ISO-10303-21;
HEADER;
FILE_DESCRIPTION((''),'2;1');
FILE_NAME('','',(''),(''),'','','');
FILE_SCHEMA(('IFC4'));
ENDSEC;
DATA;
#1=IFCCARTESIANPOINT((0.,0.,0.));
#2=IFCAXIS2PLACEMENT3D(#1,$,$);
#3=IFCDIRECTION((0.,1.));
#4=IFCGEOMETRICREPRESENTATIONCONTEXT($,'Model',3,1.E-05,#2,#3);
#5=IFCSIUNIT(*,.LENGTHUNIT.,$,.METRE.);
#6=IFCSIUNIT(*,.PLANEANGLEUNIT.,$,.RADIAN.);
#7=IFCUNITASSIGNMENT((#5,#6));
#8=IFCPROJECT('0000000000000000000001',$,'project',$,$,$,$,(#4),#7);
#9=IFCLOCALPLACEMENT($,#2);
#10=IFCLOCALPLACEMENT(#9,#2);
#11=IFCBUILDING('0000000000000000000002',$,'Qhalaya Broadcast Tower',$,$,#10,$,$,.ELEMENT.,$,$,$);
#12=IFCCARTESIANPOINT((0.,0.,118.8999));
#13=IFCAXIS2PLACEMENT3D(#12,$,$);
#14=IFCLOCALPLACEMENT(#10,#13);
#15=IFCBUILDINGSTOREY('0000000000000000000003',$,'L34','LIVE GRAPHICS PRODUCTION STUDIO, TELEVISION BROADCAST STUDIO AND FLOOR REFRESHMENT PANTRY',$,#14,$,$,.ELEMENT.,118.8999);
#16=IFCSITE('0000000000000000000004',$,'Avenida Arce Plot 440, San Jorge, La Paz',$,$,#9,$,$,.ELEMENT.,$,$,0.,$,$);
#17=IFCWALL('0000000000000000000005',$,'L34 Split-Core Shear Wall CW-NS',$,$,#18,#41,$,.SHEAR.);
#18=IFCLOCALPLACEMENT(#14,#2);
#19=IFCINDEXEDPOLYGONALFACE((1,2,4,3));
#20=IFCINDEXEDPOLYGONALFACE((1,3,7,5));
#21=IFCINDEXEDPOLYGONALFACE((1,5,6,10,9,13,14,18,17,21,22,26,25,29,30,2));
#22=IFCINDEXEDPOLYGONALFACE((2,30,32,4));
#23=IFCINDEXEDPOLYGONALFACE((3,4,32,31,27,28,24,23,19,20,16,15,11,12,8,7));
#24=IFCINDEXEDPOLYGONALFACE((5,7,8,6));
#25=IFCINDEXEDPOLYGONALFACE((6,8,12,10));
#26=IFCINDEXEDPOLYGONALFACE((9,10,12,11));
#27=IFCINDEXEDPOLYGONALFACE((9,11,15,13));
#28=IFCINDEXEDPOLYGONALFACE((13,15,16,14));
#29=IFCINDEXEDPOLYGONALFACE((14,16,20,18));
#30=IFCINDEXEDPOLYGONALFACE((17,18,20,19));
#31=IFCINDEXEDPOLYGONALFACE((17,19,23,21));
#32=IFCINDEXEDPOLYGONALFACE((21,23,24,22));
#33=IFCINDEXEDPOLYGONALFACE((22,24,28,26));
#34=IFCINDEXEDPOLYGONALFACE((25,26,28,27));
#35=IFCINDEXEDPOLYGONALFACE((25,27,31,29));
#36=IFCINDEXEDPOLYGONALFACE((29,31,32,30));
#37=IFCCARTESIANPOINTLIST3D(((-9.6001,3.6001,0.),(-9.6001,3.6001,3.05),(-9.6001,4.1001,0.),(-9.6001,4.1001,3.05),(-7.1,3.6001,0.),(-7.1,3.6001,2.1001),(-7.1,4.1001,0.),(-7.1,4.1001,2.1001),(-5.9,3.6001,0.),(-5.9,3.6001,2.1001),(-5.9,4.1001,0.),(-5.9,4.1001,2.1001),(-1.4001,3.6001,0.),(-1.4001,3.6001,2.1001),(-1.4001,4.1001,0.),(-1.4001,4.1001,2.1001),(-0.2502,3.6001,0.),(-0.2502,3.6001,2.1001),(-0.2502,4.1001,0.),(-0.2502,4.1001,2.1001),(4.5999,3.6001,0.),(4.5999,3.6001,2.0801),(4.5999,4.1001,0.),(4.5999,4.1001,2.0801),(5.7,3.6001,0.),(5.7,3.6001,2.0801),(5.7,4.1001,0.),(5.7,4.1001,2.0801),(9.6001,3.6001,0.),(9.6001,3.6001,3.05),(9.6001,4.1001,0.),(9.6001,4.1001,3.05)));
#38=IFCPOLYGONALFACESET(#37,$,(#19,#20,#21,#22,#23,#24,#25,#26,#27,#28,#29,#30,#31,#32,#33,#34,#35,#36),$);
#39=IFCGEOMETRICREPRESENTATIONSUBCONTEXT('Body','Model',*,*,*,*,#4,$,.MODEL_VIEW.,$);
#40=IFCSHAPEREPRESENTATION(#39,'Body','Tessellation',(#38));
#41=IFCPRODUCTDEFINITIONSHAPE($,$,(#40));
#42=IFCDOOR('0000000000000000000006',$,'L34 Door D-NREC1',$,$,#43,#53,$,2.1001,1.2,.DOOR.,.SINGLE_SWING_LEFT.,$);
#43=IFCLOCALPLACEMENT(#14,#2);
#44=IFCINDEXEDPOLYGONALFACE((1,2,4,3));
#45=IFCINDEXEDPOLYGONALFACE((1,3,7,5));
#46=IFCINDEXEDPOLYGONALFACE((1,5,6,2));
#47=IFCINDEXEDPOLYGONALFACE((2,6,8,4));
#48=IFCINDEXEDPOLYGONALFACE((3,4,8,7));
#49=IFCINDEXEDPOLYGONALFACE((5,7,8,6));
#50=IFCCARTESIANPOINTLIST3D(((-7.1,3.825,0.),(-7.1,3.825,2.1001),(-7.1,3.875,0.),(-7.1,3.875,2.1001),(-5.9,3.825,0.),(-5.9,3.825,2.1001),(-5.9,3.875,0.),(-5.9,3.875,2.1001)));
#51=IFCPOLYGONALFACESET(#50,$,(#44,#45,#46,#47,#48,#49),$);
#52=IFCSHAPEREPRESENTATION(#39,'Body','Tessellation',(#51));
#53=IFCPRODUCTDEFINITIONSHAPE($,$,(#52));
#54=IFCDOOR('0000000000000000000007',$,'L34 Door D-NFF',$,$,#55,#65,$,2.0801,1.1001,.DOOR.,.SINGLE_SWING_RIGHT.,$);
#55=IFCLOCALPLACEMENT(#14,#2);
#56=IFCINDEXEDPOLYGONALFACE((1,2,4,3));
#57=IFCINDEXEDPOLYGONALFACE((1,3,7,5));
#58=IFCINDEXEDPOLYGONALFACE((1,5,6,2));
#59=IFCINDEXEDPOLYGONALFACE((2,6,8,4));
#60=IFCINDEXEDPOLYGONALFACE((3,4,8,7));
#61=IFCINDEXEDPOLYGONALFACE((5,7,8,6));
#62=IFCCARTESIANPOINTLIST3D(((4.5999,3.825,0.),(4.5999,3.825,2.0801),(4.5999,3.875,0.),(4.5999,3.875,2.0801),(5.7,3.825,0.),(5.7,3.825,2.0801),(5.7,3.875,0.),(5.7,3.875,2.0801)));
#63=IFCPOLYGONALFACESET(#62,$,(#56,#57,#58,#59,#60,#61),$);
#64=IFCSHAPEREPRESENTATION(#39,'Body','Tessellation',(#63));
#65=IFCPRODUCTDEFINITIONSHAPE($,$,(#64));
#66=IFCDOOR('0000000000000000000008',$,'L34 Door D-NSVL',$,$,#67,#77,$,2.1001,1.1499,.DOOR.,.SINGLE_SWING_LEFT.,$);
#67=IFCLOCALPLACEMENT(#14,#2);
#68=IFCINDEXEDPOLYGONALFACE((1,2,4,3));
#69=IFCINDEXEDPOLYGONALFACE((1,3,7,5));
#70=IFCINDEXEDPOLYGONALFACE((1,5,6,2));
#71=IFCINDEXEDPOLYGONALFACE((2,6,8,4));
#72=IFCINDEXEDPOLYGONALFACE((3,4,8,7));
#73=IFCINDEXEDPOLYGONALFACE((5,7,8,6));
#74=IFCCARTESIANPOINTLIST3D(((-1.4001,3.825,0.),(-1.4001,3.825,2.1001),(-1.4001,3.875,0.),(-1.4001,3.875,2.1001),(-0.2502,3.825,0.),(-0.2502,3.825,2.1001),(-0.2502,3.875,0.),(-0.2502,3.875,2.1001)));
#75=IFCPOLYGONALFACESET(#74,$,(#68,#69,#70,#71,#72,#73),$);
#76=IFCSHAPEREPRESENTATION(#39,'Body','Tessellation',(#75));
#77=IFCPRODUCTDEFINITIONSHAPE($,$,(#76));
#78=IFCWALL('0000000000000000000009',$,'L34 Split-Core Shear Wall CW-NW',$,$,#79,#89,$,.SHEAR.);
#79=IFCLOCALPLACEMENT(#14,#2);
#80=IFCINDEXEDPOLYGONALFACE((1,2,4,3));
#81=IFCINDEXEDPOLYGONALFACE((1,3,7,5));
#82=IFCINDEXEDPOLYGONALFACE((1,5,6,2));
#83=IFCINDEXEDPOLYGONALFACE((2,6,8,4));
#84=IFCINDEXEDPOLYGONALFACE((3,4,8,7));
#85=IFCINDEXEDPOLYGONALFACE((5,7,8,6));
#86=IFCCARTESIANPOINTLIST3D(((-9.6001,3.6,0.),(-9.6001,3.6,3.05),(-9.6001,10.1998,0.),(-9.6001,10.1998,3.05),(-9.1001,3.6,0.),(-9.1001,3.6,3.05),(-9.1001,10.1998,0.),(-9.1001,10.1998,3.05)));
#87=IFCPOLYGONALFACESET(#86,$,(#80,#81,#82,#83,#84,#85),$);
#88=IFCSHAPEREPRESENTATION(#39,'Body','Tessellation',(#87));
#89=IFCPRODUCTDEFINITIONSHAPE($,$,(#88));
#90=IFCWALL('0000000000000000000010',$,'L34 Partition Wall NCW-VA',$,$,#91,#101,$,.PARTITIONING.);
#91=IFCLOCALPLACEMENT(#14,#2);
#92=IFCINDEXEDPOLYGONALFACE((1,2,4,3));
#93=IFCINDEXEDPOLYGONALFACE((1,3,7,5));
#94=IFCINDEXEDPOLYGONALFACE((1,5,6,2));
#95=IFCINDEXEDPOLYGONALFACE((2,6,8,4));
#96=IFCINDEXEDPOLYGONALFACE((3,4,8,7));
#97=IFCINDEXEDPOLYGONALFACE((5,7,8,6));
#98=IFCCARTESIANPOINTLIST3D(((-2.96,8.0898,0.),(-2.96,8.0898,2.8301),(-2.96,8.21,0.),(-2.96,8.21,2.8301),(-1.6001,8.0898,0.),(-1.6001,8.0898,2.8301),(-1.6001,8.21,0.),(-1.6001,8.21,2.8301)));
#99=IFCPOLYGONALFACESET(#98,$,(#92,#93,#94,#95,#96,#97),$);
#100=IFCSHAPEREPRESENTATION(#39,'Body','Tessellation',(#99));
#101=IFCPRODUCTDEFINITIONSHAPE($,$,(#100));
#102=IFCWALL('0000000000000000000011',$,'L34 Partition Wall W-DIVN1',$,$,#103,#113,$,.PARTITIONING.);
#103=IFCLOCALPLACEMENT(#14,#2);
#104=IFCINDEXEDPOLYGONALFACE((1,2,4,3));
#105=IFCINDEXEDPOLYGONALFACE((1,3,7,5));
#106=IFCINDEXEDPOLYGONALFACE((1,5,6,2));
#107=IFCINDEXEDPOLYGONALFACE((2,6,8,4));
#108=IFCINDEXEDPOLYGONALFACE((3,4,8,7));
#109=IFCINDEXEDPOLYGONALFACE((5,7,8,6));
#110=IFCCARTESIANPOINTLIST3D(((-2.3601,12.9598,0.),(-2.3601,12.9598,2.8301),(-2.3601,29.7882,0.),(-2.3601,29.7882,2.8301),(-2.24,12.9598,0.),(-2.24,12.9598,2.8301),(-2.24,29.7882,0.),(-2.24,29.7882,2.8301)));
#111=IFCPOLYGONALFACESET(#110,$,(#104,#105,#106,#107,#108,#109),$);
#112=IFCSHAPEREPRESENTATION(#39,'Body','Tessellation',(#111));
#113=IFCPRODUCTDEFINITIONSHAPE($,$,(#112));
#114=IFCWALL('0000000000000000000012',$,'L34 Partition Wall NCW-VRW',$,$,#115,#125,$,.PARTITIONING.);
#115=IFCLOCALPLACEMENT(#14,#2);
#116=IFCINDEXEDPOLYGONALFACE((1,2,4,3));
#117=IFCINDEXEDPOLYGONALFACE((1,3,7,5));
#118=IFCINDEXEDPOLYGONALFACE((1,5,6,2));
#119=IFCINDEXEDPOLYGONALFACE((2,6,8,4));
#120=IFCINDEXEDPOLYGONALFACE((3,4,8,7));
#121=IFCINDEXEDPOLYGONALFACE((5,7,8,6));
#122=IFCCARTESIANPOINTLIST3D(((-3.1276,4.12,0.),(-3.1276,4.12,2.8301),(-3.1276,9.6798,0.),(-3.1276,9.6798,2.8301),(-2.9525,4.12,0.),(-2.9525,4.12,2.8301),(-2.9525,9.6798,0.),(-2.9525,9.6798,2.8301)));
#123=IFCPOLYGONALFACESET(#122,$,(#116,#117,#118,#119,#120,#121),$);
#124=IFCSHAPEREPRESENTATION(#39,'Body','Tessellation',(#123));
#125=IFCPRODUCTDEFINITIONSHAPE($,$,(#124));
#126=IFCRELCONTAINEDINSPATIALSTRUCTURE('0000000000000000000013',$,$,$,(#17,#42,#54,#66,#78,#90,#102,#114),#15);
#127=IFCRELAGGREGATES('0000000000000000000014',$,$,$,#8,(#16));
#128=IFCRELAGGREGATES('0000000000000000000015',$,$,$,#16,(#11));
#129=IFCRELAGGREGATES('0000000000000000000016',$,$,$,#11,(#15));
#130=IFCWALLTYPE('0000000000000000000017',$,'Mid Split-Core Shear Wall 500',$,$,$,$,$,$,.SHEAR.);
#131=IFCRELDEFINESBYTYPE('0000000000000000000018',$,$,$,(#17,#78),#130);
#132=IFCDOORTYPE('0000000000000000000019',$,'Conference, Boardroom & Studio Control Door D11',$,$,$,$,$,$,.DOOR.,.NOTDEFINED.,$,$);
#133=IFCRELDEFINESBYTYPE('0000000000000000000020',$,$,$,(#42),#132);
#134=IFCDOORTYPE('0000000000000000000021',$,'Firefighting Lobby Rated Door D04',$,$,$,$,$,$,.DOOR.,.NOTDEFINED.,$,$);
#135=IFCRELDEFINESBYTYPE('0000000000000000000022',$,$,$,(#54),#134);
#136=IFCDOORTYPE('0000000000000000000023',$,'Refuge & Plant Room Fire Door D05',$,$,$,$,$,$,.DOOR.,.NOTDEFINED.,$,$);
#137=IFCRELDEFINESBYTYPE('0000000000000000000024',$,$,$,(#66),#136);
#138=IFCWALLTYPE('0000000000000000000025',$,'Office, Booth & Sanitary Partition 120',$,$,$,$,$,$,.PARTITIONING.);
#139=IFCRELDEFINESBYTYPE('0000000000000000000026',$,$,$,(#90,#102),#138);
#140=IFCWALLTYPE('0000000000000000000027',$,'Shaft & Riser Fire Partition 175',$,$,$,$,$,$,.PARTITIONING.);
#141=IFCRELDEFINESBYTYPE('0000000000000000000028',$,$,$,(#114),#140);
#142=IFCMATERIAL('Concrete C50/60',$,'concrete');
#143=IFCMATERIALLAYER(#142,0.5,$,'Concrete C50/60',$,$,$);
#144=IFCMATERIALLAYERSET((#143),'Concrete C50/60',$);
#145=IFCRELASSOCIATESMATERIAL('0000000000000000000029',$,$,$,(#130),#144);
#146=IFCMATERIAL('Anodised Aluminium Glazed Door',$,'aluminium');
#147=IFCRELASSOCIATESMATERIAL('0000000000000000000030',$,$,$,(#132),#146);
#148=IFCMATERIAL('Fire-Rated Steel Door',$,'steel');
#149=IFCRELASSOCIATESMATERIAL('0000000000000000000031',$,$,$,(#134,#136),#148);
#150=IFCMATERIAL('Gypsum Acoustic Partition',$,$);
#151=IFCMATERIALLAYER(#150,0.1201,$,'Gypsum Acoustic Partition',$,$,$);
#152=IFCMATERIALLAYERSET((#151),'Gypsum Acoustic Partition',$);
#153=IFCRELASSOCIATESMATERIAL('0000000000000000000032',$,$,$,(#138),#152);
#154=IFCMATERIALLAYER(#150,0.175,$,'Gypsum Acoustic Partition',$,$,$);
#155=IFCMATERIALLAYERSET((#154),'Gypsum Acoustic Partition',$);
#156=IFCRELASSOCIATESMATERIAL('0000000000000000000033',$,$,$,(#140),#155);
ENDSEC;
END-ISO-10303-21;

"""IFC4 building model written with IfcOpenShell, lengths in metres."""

from ifc_helpers import new_model, si_unit, direction, frame, frame_2d, origin, place, context, subcontext, project, spatial, rectangle, extrude, material, layer, layer_set, type_object, element, fill, save


model = new_model("IFC4")

# Units and contexts
model_context = context("Model", 3, precision=1e-05, world=origin(), true_north=direction((0.0, 1.0)))
body_context = subcontext(model_context, "Body", "Model", "MODEL_VIEW")
ifc_project = project(units=[si_unit("LENGTHUNIT", "METRE"), si_unit("PLANEANGLEUNIT", "RADIAN")], contexts=[model_context])

# Site, building, storey
site_placement = place(None, origin())
site = spatial("IfcSite", under=ifc_project, at=site_placement, Name="Avenida Arce Plot 440, San Jorge, La Paz", CompositionType="ELEMENT", RefElevation=0.0)
building_placement = place(site_placement, origin())
building = spatial("IfcBuilding", under=site, at=building_placement, Name="Qhalaya Broadcast Tower", CompositionType="ELEMENT")
storey_placement = place(building_placement, frame((0.0, 0.0, 118.8999)))
storey = spatial("IfcBuildingStorey", under=building, at=storey_placement, Name="L34", Description="LIVE GRAPHICS PRODUCTION STUDIO, TELEVISION BROADCAST STUDIO AND FLOOR REFRESHMENT PANTRY", CompositionType="ELEMENT", Elevation=118.8999)

# Shared definitions
ifc_material_1 = material(Name="Concrete C50/60", Category="concrete")

# Shared definitions
ifc_material_2 = material(Name="Gypsum Acoustic Partition")
ifc_material_3 = material(Name="Fire-Rated Steel Door", Category="steel")

# Shared definitions
ifc_layer_1 = layer(ifc_material_1, 0.5, Name="Concrete C50/60")
ifc_layer_set_1 = layer_set([ifc_layer_1], Name="Concrete C50/60")
wall_type_1 = type_object("IfcWallType", Name="Mid Split-Core Shear Wall 500", PredefinedType="SHEAR", material=ifc_layer_set_1)

# Wall, openings, doors
wall_1_placement = place(storey_placement, frame((-9.6001, 3.8501, 0.0), z_axis=(0.0, 0.0, 1.0), x_axis=(1.0, 0.0, 0.0)))
wall_1 = element("IfcWall", 1, at=wall_1_placement, inside=storey, type_object=wall_type_1, Name="L34 Split-Core Shear Wall CW-NS", PredefinedType="SHEAR", context=body_context, shape_type="SweptSolid", body=[
    extrude(rectangle(XDim=19.2002, YDim=0.5, at=frame_2d((9.6001, 0.0))), origin(), (0.0, 0.0, 1.0), 3.05),
])
opening_1_placement = place(wall_1_placement, frame((14.2, 0.0, 0.0)))
opening_1 = element("IfcOpeningElement", 2, at=opening_1_placement, cuts=wall_1, PredefinedType="OPENING", context=body_context, shape_type="SweptSolid", body=[
    extrude(rectangle(XDim=1.1001, YDim=2.0801, at=frame_2d((0.55, 1.04))), frame((0.0, 0.262, 0.0), z_axis=(0.0, -1.0, 0.0), x_axis=(1.0, 0.0, 0.0)), (0.0, 0.0, 1.0), 0.5239),
])
opening_2_placement = place(wall_1_placement, frame((8.2, 0.0, 0.0)))
opening_2 = element("IfcOpeningElement", 3, at=opening_2_placement, cuts=wall_1, PredefinedType="OPENING", context=body_context, shape_type="SweptSolid", body=[
    extrude(rectangle(XDim=1.1499, YDim=2.1001, at=frame_2d((0.575, 1.05))), frame((0.0, 0.262, 0.0), z_axis=(0.0, -1.0, 0.0), x_axis=(1.0, 0.0, 0.0)), (0.0, 0.0, 1.0), 0.5239),
])
opening_3_placement = place(wall_1_placement, frame((2.5, 0.0, 0.0)))
opening_3 = element("IfcOpeningElement", 4, at=opening_3_placement, cuts=wall_1, PredefinedType="OPENING", context=body_context, shape_type="SweptSolid", body=[
    extrude(rectangle(XDim=1.2, YDim=2.1001, at=frame_2d((0.6001, 1.05))), frame((0.0, 0.262, 0.0), z_axis=(0.0, -1.0, 0.0), x_axis=(1.0, 0.0, 0.0)), (0.0, 0.0, 1.0), 0.5239),
])
ifc_material_4 = material(Name="Anodised Aluminium Glazed Door", Category="aluminium")
door_type_1 = type_object("IfcDoorType", Name="Conference, Boardroom & Studio Control Door D11", OperationType="NOTDEFINED", PredefinedType="DOOR", material=ifc_material_4)
door_1_placement = place(opening_3_placement, origin())
door_1 = element("IfcDoor", 5, at=door_1_placement, inside=storey, type_object=door_type_1, Name="L34 Door D-NREC1", OperationType="SINGLE_SWING_LEFT", OverallHeight=2.1001, OverallWidth=1.2, PredefinedType="DOOR", context=body_context, shape_type="SweptSolid", body=[
    extrude(rectangle(XDim=1.2, YDim=2.1001, at=frame_2d((0.6001, 1.05))), frame((0.0, 0.0249, 0.0), z_axis=(0.0, -1.0, 0.0), x_axis=(1.0, 0.0, 0.0)), (0.0, 0.0, 1.0), 0.05),
])
fill(opening_3, door_1)
door_type_2 = type_object("IfcDoorType", Name="Firefighting Lobby Rated Door D04", OperationType="NOTDEFINED", PredefinedType="DOOR", material=ifc_material_3)
door_2_placement = place(opening_1_placement, origin())
door_2 = element("IfcDoor", 6, at=door_2_placement, inside=storey, type_object=door_type_2, Name="L34 Door D-NFF", OperationType="SINGLE_SWING_RIGHT", OverallHeight=2.0801, OverallWidth=1.1001, PredefinedType="DOOR", context=body_context, shape_type="SweptSolid", body=[
    extrude(rectangle(XDim=1.1001, YDim=2.0801, at=frame_2d((0.55, 1.04))), frame((0.0, 0.0249, 0.0), z_axis=(0.0, -1.0, 0.0), x_axis=(1.0, 0.0, 0.0)), (0.0, 0.0, 1.0), 0.05),
])
fill(opening_1, door_2)
door_type_3 = type_object("IfcDoorType", Name="Refuge & Plant Room Fire Door D05", OperationType="NOTDEFINED", PredefinedType="DOOR", material=ifc_material_3)
door_3_placement = place(opening_2_placement, origin())
door_3 = element("IfcDoor", 7, at=door_3_placement, inside=storey, type_object=door_type_3, Name="L34 Door D-NSVL", OperationType="SINGLE_SWING_LEFT", OverallHeight=2.1001, OverallWidth=1.1499, PredefinedType="DOOR", context=body_context, shape_type="SweptSolid", body=[
    extrude(rectangle(XDim=1.1499, YDim=2.1001, at=frame_2d((0.575, 1.05))), frame((0.0, 0.0249, 0.0), z_axis=(0.0, -1.0, 0.0), x_axis=(1.0, 0.0, 0.0)), (0.0, 0.0, 1.0), 0.05),
])
fill(opening_2, door_3)

# Walls
wall_2_placement = place(storey_placement, frame((-9.3501, 3.6001, 0.0), z_axis=(0.0, 0.0, 1.0), x_axis=(0.0, 1.0, 0.0)))
element("IfcWall", 8, at=wall_2_placement, inside=storey, type_object=wall_type_1, Name="L34 Split-Core Shear Wall CW-NW", PredefinedType="SHEAR", context=body_context, shape_type="SweptSolid", body=[
    extrude(rectangle(XDim=6.5999, YDim=0.5, at=frame_2d((3.2998, 0.0))), origin(), (0.0, 0.0, 1.0), 3.05),
])
ifc_layer_2 = layer(ifc_material_2, 0.1201, Name="Gypsum Acoustic Partition")
ifc_layer_set_2 = layer_set([ifc_layer_2], Name="Gypsum Acoustic Partition")
wall_type_2 = type_object("IfcWallType", Name="Office, Booth & Sanitary Partition 120", PredefinedType="PARTITIONING", material=ifc_layer_set_2)
wall_3_placement = place(storey_placement, frame((-2.96, 8.1499, 0.0), z_axis=(0.0, 0.0, 1.0), x_axis=(1.0, 0.0, 0.0)))
element("IfcWall", 9, at=wall_3_placement, inside=storey, type_object=wall_type_2, Name="L34 Partition Wall NCW-VA", PredefinedType="PARTITIONING", context=body_context, shape_type="SweptSolid", body=[
    extrude(rectangle(XDim=1.3599, YDim=0.1201, at=frame_2d((0.6799, 0.0))), origin(), (0.0, 0.0, 1.0), 2.8301),
])
wall_4_placement = place(storey_placement, frame((-2.3, 12.96, 0.0), z_axis=(0.0, 0.0, 1.0), x_axis=(0.0, 1.0, 0.0)))
element("IfcWall", 10, at=wall_4_placement, inside=storey, type_object=wall_type_2, Name="L34 Partition Wall W-DIVN1", PredefinedType="PARTITIONING", context=body_context, shape_type="SweptSolid", body=[
    extrude(rectangle(XDim=16.8284, YDim=0.1201, at=frame_2d((8.4141, 0.0))), origin(), (0.0, 0.0, 1.0), 2.8301),
])
ifc_layer_3 = layer(ifc_material_2, 0.175, Name="Gypsum Acoustic Partition")
ifc_layer_set_3 = layer_set([ifc_layer_3], Name="Gypsum Acoustic Partition")
wall_type_3 = type_object("IfcWallType", Name="Shaft & Riser Fire Partition 175", PredefinedType="PARTITIONING", material=ifc_layer_set_3)
wall_5_placement = place(storey_placement, frame((-3.04, 4.1201, 0.0), z_axis=(0.0, 0.0, 1.0), x_axis=(0.0, 1.0, 0.0)))
element("IfcWall", 11, at=wall_5_placement, inside=storey, type_object=wall_type_3, Name="L34 Partition Wall NCW-VRW", PredefinedType="PARTITIONING", context=body_context, shape_type="SweptSolid", body=[
    extrude(rectangle(XDim=5.5598, YDim=0.175, at=frame_2d((2.7798, 0.0))), origin(), (0.0, 0.0, 1.0), 2.8301),
])

save(model, "model.ifc")
